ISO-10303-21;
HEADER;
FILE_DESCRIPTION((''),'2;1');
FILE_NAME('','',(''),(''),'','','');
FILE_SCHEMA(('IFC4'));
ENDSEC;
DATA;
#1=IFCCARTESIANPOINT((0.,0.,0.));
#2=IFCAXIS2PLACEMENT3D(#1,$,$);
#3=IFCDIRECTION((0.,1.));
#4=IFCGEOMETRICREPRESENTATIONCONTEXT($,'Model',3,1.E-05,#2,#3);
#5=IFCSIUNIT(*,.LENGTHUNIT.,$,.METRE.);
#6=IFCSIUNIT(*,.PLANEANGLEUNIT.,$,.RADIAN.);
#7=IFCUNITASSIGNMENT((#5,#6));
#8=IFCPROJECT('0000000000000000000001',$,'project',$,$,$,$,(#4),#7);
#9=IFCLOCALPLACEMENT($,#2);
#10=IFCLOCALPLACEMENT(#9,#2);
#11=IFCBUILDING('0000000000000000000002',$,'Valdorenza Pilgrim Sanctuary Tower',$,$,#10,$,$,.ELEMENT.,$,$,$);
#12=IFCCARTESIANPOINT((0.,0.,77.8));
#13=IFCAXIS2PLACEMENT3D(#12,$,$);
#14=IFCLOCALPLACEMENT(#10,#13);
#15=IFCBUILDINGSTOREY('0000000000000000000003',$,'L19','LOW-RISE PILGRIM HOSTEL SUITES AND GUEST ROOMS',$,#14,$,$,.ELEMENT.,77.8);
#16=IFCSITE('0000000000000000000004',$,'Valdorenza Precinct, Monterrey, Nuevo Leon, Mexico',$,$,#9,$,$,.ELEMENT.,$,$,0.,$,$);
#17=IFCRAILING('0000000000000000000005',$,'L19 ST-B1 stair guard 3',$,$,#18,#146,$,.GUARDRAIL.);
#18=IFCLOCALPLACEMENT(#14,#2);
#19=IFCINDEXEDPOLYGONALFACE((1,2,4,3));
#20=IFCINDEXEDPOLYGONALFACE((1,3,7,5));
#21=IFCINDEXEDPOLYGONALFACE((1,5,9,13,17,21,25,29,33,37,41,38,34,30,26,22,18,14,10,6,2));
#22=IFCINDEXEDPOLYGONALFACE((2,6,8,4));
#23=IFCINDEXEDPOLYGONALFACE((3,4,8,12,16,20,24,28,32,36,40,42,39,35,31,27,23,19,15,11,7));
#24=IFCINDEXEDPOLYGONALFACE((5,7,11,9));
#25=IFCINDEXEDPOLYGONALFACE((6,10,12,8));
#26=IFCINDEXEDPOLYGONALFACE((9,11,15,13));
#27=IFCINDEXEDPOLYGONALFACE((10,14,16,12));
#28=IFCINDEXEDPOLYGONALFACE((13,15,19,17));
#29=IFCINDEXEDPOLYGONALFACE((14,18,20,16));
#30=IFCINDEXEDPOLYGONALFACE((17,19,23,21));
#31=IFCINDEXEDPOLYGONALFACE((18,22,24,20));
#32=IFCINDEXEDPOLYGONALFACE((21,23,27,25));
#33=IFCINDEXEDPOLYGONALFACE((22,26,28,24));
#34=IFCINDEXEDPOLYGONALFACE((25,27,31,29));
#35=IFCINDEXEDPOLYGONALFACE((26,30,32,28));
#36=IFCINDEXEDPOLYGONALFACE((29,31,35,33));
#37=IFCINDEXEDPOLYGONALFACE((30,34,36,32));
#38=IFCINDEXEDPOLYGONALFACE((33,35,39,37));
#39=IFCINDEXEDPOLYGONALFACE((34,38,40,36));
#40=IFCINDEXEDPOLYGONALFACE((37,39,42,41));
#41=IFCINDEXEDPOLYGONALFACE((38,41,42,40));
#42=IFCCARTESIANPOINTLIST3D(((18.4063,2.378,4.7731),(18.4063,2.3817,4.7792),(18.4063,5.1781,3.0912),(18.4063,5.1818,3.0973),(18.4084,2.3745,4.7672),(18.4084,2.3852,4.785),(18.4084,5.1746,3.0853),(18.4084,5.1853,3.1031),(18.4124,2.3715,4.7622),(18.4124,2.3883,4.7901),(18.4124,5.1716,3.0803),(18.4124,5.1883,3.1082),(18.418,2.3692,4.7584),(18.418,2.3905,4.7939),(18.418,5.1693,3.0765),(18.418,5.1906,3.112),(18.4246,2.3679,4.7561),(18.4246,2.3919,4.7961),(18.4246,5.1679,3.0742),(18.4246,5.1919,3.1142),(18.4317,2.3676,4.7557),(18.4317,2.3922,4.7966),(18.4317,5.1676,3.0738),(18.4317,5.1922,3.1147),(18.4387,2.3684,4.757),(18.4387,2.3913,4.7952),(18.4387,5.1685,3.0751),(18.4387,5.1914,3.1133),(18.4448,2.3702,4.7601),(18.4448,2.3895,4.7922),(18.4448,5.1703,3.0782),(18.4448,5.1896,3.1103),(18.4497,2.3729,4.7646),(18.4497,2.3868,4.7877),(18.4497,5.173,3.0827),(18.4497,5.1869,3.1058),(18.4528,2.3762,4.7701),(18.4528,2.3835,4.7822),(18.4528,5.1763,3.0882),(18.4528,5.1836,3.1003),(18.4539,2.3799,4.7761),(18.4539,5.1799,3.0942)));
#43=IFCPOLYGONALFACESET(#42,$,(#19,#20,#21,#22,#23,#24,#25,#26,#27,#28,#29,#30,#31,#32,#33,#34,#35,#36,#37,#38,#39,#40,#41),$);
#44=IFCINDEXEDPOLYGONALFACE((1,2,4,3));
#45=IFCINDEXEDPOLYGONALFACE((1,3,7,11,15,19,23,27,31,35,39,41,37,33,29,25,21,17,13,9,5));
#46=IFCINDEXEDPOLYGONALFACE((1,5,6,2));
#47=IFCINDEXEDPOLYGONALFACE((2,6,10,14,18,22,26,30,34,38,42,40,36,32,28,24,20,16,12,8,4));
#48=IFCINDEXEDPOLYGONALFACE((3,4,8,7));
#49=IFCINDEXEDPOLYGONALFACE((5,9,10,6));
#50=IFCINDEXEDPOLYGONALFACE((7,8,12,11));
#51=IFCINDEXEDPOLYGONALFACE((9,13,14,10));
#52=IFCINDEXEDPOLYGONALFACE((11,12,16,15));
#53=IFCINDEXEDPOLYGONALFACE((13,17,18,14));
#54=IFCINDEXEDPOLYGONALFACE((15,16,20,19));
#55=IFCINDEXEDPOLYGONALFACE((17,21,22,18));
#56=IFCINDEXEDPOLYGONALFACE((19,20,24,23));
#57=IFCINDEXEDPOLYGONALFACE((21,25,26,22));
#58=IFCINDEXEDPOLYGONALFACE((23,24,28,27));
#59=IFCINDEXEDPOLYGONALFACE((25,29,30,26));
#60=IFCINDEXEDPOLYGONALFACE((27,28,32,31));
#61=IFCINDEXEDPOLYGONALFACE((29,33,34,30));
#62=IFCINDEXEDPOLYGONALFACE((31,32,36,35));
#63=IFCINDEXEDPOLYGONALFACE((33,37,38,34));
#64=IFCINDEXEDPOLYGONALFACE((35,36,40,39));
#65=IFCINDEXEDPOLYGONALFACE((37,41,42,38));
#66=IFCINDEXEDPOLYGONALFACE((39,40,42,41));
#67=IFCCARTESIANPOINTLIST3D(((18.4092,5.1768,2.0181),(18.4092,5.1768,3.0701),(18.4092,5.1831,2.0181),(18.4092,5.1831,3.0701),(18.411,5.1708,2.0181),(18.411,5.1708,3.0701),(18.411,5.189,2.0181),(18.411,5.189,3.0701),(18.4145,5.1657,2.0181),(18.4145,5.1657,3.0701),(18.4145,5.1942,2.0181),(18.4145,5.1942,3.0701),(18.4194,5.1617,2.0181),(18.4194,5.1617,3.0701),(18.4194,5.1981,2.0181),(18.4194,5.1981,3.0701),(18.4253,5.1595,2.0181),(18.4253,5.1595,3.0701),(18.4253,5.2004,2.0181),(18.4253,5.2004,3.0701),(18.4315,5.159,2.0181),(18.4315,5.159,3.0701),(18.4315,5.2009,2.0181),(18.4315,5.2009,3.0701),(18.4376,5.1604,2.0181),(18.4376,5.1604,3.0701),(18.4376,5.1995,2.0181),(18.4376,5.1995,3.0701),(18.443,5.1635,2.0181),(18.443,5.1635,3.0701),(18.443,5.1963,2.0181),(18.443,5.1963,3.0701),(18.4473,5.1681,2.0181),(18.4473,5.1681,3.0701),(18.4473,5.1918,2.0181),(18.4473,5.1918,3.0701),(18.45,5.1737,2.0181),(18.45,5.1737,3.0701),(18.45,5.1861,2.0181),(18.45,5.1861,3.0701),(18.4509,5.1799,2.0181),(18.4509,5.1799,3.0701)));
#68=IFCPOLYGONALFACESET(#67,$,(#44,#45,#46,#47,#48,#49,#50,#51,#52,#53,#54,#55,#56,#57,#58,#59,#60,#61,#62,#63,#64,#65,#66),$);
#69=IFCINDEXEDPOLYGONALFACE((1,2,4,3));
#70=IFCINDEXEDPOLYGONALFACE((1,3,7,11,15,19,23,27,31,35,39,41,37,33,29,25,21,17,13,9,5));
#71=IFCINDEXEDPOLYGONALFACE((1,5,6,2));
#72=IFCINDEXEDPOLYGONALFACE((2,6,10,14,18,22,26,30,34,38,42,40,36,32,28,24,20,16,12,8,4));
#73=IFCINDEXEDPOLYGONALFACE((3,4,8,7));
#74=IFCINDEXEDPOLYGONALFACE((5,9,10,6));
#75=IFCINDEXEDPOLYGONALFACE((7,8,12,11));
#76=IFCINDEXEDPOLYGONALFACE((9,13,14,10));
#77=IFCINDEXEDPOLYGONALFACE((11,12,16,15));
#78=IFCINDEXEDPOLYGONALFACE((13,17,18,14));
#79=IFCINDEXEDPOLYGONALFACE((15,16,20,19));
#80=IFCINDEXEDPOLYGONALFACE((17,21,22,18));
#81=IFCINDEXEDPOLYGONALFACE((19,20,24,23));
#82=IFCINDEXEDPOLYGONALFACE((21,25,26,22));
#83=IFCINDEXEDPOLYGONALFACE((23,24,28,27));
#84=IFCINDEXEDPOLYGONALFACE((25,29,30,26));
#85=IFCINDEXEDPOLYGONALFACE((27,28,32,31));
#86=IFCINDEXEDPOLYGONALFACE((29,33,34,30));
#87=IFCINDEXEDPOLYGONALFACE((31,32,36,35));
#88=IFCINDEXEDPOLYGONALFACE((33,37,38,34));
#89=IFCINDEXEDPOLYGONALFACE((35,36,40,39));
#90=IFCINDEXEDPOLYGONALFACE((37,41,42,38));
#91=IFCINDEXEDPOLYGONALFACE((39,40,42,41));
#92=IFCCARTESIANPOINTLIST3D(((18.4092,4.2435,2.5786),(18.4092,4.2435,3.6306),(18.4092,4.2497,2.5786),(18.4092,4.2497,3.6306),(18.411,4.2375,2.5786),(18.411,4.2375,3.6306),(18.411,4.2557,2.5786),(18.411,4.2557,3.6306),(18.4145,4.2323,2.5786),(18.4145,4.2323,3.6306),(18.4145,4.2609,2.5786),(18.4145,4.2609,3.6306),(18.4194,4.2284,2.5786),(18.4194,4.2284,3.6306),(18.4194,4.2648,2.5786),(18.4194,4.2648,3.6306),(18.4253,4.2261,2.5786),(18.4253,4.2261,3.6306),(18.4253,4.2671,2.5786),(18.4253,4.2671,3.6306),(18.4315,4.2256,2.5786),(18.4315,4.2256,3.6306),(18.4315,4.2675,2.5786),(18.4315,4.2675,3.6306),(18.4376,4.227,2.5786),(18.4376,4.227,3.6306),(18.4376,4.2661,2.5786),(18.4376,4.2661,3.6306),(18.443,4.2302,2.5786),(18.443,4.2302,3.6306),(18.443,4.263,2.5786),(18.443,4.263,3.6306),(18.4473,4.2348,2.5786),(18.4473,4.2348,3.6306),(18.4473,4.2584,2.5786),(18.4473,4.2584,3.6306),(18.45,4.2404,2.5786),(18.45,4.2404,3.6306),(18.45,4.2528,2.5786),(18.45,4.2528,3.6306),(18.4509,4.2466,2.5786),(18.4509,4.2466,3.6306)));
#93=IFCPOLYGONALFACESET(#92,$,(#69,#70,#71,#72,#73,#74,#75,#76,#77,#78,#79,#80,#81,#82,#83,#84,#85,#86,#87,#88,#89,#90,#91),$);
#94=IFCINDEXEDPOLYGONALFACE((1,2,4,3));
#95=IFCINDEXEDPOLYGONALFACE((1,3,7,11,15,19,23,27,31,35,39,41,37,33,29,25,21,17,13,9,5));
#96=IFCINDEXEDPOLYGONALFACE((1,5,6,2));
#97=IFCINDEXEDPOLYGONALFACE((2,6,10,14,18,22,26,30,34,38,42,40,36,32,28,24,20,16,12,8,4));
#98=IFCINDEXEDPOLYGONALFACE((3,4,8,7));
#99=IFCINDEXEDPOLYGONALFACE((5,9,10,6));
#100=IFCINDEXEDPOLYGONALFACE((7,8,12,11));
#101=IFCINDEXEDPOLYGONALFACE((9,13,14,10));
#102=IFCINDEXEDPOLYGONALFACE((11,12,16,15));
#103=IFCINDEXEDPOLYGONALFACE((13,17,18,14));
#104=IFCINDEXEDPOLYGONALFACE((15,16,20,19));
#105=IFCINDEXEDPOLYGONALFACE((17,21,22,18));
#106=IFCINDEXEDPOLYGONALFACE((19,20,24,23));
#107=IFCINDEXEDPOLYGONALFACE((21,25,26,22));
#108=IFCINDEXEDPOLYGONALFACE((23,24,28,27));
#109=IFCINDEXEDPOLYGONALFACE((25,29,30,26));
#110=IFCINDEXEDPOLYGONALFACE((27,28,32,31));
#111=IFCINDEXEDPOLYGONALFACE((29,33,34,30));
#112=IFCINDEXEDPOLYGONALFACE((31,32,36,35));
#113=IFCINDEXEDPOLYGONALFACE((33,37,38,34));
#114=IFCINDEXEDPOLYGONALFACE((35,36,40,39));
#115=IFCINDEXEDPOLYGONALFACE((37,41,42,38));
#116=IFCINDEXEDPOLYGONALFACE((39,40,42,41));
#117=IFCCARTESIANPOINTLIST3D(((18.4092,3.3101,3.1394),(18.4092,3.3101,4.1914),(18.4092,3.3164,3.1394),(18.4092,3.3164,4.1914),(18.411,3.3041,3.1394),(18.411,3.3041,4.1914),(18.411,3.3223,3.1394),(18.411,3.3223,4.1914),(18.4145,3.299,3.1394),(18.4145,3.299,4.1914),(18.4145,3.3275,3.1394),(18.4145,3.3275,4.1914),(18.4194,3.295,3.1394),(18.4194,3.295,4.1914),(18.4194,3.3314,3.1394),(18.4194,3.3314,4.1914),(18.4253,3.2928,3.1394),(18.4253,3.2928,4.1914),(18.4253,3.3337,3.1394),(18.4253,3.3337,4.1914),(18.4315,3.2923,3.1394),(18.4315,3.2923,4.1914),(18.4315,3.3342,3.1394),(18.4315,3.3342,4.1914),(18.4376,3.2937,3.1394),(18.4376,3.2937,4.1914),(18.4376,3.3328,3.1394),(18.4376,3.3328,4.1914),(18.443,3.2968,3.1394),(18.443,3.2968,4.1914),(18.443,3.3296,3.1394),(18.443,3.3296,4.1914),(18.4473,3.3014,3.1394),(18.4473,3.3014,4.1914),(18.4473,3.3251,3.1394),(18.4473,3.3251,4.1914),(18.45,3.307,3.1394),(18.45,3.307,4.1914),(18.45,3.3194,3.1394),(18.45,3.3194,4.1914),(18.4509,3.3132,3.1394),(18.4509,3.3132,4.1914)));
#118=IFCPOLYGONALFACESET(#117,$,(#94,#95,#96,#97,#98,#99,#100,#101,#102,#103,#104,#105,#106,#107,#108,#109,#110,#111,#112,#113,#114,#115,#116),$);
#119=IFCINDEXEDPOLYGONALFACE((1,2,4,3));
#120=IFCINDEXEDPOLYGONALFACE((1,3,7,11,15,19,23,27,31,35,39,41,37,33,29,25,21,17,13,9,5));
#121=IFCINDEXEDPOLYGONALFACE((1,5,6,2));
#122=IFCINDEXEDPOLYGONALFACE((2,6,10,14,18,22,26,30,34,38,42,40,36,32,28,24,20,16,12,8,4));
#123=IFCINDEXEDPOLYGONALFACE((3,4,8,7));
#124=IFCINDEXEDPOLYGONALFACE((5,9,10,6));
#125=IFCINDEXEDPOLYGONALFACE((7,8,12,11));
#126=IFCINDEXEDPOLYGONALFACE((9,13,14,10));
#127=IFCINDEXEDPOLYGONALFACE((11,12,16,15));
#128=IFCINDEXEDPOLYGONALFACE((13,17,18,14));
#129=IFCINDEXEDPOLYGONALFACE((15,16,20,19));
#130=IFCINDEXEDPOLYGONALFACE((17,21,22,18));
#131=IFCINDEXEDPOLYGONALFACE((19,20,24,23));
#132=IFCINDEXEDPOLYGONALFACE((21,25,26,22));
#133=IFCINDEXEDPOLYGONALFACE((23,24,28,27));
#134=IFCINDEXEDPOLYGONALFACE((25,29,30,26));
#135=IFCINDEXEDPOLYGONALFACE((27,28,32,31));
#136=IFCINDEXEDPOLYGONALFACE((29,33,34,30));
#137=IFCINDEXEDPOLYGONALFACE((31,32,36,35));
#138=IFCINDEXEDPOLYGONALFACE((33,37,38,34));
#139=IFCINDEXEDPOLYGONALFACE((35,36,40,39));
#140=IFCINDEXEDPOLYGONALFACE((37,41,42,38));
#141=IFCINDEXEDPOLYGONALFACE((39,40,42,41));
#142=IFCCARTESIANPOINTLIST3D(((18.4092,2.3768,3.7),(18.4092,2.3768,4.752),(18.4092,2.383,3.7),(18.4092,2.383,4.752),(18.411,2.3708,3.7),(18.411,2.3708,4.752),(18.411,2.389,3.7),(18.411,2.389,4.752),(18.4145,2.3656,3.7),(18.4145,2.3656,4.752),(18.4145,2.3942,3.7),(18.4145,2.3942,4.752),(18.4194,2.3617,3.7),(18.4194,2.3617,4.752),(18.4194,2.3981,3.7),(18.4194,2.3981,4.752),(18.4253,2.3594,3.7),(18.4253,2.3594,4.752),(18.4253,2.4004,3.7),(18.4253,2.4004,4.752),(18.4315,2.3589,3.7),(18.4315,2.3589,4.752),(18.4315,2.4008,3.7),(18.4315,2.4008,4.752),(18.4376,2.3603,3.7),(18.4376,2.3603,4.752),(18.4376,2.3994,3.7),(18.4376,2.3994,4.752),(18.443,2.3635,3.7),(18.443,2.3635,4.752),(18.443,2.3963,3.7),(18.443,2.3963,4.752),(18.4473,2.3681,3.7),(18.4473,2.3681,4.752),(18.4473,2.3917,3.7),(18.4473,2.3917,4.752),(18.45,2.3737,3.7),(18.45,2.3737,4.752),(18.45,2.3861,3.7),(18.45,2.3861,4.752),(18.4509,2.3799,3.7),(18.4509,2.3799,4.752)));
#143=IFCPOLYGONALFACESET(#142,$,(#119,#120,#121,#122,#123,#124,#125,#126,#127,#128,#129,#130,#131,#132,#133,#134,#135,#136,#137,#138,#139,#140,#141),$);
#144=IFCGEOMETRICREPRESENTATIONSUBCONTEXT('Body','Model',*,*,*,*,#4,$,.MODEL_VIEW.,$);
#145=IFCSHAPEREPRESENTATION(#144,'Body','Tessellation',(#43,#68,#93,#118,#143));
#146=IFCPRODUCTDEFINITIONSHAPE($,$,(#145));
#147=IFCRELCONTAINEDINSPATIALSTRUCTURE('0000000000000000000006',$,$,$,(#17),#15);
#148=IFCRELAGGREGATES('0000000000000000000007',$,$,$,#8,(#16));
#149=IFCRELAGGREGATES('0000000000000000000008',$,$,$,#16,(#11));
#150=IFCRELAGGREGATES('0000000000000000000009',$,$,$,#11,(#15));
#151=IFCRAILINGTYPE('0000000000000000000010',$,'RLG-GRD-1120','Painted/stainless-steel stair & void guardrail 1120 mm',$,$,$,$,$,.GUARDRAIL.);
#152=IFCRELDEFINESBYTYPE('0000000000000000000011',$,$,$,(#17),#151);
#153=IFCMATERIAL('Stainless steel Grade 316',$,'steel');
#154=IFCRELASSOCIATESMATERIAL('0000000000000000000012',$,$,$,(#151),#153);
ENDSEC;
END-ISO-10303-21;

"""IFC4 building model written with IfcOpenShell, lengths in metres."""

from ifc_helpers import new_model, si_unit, direction, frame, origin, origin_2d, place, context, subcontext, project, spatial, circle, extrude, material, type_object, element, save


model = new_model("IFC4")

# Units and contexts
model_context = context("Model", 3, precision=1e-05, world=origin(), true_north=direction((0.0, 1.0)))
body_context = subcontext(model_context, "Body", "Model", "MODEL_VIEW")
ifc_project = project(units=[si_unit("LENGTHUNIT", "METRE"), si_unit("PLANEANGLEUNIT", "RADIAN")], contexts=[model_context])

# Site, building, storey
site_placement = place(None, origin())
site = spatial("IfcSite", under=ifc_project, at=site_placement, Name="Valdorenza Precinct, Monterrey, Nuevo Leon, Mexico", CompositionType="ELEMENT", RefElevation=0.0)
building_placement = place(site_placement, origin())
building = spatial("IfcBuilding", under=site, at=building_placement, Name="Valdorenza Pilgrim Sanctuary Tower", CompositionType="ELEMENT")
storey_placement = place(building_placement, frame((0.0, 0.0, 77.8)))
storey = spatial("IfcBuildingStorey", under=building, at=storey_placement, Name="L19", Description="LOW-RISE PILGRIM HOSTEL SUITES AND GUEST ROOMS", CompositionType="ELEMENT", Elevation=77.8)

# Railing
ifc_material_1 = material(Name="Stainless steel Grade 316", Category="steel")
railing_type_1 = type_object("IfcRailingType", Name="RLG-GRD-1120", Description="Painted/stainless-steel stair & void guardrail 1120 mm", PredefinedType="GUARDRAIL", material=ifc_material_1)
railing_1_placement = place(storey_placement, frame((18.4299, 5.1799, 2.0181)))
element("IfcRailing", 1, at=railing_1_placement, inside=storey, type_object=railing_type_1, Name="L19 ST-B1 stair guard 3", PredefinedType="GUARDRAIL", context=body_context, shape_type="SweptSolid", body=[
    extrude(circle(Radius=0.0239, at=origin_2d()), frame((0.0, 0.0, 1.0762), z_axis=(0.0, -0.857242, 0.514913), x_axis=(1.0, 0.0, 0.0)), (0.0, 0.0, 1.0), 3.2664),
    extrude(circle(Radius=0.021, at=origin_2d()), origin(), (0.0, 0.0, 1.0), 1.052),
    extrude(circle(Radius=0.021, at=origin_2d()), frame((0.0, -0.9333, 0.5605)), (0.0, 0.0, 1.0), 1.052),
    extrude(circle(Radius=0.021, at=origin_2d()), frame((0.0, -1.8667, 1.1213)), (0.0, 0.0, 1.0), 1.052),
    extrude(circle(Radius=0.021, at=origin_2d()), frame((0.0, -2.8, 1.6819)), (0.0, 0.0, 1.0), 1.052),
])

save(model, "model.ifc")
